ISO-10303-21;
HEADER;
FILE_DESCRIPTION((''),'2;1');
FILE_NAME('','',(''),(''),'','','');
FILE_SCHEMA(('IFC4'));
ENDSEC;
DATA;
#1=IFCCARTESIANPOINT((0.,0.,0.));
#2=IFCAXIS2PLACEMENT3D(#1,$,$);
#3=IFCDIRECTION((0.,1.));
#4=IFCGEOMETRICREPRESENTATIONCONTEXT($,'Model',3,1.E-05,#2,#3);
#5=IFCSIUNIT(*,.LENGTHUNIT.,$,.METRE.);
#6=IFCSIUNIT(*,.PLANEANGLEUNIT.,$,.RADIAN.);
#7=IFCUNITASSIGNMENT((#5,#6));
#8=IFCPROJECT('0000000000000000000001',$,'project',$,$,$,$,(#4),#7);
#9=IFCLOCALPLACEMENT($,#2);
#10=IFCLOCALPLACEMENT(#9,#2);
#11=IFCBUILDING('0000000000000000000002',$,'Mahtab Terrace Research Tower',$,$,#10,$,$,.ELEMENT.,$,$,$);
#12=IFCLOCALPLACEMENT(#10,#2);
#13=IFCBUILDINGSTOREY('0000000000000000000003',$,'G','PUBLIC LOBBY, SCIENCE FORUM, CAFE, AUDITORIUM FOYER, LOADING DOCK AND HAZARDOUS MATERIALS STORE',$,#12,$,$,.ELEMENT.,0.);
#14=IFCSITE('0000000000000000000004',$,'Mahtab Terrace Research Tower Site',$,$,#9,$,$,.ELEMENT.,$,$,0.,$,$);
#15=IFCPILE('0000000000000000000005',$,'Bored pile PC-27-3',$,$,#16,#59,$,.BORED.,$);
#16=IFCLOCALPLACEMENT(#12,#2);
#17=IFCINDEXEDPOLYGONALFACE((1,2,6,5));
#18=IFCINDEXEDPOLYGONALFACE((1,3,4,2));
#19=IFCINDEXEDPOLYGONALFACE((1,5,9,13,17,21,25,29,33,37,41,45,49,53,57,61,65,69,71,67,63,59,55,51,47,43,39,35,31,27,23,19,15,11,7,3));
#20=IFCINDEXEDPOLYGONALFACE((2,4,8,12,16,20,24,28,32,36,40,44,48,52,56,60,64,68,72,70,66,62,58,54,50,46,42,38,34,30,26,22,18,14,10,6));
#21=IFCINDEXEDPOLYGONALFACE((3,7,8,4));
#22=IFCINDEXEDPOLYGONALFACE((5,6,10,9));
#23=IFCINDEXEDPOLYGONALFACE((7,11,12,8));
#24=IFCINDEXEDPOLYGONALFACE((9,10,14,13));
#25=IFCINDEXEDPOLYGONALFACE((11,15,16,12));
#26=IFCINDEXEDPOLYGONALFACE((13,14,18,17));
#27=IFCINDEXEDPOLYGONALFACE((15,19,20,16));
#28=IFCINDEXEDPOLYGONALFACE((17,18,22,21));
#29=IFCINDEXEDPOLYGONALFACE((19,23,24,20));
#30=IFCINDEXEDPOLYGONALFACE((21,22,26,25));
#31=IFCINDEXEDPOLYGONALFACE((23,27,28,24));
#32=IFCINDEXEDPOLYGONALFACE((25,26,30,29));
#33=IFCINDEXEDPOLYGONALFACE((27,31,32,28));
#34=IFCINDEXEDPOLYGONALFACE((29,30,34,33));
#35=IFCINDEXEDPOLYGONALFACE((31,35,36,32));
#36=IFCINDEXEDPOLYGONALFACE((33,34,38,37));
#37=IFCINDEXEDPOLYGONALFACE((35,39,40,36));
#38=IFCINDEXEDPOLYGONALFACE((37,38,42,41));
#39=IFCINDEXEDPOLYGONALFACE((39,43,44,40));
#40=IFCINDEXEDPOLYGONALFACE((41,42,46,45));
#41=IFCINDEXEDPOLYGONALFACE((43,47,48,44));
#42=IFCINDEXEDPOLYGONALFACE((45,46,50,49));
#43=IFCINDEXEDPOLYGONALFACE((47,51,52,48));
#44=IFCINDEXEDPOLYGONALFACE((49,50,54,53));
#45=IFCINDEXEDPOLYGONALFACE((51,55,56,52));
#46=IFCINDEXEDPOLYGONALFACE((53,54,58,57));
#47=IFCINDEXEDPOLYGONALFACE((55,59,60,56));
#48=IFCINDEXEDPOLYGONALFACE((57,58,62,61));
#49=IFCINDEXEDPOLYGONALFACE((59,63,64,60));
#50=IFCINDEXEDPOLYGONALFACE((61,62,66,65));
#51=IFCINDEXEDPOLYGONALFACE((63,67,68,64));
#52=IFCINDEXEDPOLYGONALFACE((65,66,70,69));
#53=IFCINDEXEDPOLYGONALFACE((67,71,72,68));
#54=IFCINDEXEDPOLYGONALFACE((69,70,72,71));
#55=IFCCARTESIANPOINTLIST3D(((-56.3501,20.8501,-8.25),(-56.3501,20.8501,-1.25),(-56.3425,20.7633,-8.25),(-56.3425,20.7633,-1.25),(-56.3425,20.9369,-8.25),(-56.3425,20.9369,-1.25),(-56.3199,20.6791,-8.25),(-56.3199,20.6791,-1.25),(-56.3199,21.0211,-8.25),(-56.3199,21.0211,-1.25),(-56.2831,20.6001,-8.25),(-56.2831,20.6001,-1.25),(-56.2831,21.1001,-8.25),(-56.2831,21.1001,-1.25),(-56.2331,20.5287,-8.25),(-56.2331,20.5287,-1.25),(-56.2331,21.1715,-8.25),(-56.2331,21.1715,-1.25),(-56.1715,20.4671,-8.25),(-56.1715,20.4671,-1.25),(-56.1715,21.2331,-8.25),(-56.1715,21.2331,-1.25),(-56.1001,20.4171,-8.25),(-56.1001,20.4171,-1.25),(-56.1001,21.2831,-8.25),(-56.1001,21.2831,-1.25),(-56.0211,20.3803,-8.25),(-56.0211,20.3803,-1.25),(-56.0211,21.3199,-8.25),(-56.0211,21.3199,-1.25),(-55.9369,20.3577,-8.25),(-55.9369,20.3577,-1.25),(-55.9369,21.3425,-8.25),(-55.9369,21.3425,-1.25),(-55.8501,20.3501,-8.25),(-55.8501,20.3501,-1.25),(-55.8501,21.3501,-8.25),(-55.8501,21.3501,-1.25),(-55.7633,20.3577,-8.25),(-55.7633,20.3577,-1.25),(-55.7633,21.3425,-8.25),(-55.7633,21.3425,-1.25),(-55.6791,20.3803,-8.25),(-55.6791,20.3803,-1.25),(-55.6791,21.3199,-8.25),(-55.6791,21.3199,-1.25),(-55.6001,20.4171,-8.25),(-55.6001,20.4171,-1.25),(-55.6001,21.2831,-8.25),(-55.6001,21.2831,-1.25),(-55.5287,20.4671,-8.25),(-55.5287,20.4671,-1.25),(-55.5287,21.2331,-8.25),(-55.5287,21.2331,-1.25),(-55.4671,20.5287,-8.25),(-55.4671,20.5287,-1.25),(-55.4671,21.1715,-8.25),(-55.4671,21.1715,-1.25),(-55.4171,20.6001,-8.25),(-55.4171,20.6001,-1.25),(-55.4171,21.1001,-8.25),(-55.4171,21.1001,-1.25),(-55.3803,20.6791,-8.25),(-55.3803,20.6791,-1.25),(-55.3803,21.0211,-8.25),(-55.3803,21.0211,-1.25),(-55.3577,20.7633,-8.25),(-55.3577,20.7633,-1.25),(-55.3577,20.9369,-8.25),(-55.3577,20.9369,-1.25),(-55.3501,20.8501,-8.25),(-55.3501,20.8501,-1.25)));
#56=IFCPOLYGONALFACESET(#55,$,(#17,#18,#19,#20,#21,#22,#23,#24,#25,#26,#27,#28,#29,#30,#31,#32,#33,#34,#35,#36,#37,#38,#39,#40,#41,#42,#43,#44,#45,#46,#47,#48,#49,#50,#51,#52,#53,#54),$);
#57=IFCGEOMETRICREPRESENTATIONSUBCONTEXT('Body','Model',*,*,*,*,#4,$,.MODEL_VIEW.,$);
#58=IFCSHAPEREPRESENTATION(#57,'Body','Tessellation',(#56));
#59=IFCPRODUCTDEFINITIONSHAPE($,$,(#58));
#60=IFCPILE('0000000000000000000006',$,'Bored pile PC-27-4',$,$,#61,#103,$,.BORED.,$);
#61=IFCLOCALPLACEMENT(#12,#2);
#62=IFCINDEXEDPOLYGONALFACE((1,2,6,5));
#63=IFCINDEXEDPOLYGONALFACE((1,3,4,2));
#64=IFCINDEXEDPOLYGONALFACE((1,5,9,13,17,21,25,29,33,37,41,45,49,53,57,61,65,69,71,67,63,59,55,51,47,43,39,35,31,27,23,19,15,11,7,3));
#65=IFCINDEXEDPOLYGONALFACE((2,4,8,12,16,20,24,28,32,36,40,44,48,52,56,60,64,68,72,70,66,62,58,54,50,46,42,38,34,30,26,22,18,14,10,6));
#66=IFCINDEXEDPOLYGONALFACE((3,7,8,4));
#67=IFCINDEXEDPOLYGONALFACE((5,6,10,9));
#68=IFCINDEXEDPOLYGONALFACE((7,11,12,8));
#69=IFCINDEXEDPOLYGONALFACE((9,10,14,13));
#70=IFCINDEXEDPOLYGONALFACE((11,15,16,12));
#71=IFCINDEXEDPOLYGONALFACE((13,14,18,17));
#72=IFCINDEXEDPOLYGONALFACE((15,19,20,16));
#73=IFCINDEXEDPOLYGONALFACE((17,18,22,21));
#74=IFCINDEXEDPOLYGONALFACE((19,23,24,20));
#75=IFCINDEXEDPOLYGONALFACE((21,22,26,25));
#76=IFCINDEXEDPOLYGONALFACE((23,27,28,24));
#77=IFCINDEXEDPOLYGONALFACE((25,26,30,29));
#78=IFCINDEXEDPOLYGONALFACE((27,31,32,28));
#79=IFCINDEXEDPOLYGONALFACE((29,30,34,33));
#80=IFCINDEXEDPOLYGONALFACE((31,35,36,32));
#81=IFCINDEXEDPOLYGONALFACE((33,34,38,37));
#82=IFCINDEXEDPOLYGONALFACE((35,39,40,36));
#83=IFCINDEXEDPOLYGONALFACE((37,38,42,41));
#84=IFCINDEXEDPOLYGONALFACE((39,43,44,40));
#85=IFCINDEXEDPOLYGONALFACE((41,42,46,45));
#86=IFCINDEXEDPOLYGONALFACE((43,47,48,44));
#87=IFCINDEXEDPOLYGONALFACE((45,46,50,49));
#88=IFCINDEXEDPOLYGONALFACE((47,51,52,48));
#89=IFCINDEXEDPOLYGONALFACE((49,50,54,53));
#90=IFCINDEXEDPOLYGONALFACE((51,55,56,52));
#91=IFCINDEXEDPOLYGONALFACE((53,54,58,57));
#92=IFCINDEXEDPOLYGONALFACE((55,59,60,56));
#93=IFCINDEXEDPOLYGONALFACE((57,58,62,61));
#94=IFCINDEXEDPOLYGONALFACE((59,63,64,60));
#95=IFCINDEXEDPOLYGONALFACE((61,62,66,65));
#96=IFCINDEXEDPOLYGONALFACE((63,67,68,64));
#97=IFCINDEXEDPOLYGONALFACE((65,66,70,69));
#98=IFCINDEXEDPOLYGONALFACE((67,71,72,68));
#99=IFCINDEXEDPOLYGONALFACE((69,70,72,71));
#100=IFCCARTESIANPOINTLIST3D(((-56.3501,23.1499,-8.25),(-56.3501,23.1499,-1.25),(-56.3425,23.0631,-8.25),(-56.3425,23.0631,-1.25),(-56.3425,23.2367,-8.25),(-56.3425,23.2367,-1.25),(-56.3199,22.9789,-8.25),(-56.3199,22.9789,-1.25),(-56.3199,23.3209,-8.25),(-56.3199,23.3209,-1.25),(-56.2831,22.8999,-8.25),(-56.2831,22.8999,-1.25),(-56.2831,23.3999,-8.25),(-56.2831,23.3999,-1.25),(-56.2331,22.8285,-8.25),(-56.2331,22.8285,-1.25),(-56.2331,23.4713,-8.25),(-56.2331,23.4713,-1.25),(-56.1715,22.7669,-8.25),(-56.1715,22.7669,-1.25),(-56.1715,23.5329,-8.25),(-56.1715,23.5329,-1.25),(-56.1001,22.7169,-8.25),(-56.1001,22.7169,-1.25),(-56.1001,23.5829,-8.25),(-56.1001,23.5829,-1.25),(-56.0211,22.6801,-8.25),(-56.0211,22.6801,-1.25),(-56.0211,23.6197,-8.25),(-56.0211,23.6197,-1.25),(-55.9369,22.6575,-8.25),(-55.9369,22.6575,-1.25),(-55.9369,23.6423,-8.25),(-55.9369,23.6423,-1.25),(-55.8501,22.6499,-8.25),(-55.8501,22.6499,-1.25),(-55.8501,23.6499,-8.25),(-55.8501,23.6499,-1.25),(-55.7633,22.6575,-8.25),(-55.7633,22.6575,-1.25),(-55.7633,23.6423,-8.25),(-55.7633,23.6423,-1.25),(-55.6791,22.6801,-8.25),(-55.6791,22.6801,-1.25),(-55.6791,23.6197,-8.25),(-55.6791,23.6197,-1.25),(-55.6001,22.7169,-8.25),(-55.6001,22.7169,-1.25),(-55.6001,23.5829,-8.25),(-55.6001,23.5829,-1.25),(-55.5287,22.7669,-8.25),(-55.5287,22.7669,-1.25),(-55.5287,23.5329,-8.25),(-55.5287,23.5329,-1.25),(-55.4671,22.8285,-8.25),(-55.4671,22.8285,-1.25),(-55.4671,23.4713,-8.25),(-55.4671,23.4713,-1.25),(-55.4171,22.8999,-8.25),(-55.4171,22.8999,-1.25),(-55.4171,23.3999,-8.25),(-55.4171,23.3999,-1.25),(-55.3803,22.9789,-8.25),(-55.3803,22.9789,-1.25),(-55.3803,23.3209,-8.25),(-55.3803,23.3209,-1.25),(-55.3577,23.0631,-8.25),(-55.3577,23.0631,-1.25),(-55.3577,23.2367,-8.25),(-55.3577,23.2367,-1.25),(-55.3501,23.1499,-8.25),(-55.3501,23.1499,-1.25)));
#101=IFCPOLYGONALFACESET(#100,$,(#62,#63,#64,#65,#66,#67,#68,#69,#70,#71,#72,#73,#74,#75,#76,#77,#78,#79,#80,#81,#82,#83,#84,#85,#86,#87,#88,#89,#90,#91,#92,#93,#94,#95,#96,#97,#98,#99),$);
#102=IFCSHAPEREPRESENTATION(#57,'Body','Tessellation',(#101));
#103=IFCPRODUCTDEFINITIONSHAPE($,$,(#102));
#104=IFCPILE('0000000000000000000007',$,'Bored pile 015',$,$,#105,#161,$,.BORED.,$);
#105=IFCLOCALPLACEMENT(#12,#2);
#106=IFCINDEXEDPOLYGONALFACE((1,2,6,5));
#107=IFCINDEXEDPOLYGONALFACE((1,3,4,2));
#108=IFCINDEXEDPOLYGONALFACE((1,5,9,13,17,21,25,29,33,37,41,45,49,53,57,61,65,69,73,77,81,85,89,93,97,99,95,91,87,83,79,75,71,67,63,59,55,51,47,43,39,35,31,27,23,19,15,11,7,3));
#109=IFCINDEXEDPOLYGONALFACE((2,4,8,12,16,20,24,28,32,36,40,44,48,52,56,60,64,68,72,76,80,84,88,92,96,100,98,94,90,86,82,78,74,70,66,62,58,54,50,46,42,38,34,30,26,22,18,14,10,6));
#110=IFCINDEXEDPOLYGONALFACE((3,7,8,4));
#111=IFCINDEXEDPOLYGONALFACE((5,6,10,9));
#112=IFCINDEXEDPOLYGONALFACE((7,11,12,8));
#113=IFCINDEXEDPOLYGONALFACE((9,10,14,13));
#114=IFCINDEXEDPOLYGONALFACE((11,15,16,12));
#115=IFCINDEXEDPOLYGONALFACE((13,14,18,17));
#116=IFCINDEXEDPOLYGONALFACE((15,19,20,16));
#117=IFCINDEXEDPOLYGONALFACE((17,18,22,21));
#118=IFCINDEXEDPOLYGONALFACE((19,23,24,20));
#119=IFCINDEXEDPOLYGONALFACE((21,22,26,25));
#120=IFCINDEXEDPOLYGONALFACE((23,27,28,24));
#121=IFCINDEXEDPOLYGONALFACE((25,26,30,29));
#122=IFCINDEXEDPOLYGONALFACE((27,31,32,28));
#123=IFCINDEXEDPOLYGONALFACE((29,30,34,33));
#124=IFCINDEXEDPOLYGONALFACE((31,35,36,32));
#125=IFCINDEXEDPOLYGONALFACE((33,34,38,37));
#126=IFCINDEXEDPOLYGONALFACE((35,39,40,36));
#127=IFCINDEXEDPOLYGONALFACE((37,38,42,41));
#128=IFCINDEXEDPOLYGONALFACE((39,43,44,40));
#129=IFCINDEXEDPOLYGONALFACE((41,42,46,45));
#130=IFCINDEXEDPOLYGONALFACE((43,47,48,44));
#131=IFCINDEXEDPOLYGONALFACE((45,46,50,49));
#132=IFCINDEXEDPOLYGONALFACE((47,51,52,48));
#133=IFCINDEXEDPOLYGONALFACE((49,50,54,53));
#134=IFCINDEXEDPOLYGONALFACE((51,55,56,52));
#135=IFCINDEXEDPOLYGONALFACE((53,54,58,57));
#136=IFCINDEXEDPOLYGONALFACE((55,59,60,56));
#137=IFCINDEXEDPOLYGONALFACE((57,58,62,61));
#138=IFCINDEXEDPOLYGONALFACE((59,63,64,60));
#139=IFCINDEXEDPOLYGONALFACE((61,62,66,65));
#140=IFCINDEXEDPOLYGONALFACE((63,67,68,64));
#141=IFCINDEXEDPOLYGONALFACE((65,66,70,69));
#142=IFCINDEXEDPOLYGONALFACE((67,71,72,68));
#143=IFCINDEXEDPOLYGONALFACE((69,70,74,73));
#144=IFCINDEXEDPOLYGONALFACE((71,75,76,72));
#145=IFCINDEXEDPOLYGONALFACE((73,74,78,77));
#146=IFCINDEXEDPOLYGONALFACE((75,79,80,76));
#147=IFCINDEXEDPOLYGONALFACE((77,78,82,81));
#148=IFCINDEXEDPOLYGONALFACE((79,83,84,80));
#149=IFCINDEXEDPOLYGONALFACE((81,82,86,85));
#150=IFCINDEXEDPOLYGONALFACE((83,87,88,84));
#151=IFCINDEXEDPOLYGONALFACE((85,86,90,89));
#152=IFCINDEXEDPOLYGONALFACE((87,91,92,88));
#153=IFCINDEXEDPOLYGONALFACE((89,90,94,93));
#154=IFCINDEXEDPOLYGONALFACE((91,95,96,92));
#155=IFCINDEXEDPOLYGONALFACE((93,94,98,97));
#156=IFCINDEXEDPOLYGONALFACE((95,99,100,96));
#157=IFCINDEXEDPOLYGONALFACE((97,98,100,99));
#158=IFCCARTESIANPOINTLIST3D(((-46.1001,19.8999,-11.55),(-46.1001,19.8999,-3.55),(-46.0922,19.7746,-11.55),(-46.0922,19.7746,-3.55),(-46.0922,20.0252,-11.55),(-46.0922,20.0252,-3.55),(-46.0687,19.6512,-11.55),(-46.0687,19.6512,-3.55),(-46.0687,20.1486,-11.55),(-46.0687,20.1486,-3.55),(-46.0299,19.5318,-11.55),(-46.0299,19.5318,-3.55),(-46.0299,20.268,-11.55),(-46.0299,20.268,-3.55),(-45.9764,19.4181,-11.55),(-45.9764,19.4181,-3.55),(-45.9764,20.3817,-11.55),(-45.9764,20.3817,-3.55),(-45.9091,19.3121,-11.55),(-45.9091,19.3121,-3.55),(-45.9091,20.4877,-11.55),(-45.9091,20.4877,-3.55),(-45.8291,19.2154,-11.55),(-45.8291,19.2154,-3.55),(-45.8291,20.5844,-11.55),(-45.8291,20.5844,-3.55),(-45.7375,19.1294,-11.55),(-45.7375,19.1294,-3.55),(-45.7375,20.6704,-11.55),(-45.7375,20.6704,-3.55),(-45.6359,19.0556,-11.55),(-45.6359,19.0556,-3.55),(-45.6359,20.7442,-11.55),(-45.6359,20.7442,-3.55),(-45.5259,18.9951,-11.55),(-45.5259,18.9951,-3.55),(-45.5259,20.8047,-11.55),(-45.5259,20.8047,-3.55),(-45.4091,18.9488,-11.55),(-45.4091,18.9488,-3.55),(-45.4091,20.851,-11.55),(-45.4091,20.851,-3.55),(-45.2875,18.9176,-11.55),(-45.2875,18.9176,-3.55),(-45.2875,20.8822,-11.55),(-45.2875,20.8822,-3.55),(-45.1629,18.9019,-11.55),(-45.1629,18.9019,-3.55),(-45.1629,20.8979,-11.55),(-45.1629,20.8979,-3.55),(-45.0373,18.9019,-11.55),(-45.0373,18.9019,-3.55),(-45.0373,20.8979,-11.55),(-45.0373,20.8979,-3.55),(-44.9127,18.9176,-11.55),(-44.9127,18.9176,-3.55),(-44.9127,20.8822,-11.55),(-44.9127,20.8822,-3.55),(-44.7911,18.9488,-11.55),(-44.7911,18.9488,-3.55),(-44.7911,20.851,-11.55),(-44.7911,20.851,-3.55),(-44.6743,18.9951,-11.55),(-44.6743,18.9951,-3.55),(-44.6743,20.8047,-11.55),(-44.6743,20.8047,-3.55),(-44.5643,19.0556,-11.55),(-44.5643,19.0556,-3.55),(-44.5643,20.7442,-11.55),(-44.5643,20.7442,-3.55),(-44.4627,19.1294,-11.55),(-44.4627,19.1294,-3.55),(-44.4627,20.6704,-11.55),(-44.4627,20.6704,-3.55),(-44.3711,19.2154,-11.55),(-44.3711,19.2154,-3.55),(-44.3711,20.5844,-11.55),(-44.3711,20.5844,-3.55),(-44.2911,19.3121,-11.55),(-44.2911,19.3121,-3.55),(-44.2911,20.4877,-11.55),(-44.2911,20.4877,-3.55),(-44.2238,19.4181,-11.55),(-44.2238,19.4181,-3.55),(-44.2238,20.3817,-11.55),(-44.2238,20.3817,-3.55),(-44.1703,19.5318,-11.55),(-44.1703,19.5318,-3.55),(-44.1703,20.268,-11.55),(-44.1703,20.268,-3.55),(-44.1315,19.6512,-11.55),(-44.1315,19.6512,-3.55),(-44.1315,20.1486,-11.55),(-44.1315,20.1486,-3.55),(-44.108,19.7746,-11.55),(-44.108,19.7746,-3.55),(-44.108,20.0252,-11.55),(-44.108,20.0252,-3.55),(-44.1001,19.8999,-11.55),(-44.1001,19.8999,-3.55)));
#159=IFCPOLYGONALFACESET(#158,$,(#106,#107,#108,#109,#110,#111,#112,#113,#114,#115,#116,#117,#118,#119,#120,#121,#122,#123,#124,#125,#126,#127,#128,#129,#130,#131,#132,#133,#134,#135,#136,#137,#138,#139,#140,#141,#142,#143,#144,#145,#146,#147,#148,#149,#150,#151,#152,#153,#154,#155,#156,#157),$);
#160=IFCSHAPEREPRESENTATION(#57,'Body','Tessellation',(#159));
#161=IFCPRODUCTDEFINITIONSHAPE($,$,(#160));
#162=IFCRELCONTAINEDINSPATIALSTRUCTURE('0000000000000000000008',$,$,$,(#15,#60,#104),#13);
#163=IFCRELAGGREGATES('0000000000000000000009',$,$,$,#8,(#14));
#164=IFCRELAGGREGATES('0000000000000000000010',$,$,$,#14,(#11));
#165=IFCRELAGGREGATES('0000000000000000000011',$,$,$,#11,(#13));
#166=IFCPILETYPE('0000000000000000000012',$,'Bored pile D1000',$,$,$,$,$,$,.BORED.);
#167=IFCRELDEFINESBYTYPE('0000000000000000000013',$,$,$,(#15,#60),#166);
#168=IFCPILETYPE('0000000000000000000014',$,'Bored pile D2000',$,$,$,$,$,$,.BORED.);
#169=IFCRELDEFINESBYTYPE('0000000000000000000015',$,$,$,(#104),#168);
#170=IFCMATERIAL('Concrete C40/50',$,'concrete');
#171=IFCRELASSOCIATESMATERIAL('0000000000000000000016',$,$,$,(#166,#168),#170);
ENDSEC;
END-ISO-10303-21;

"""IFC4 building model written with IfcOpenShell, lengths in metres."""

from ifc_helpers import new_model, si_unit, direction, frame, origin, origin_2d, place, context, subcontext, project, spatial, circle, extrude, material, material_profile, profile_set, type_object, element, save


model = new_model("IFC4")

# Units and contexts
model_context = context("Model", 3, precision=1e-05, world=origin(), true_north=direction((0.0, 1.0)))
body_context = subcontext(model_context, "Body", "Model", "MODEL_VIEW")
ifc_project = project(units=[si_unit("LENGTHUNIT", "METRE"), si_unit("PLANEANGLEUNIT", "RADIAN")], contexts=[model_context])

# Site, building, storey
site_placement = place(None, origin())
site = spatial("IfcSite", under=ifc_project, at=site_placement, Name="Mahtab Terrace Research Tower Site", CompositionType="ELEMENT", RefElevation=0.0)
building_placement = place(site_placement, origin())
building = spatial("IfcBuilding", under=site, at=building_placement, Name="Mahtab Terrace Research Tower", CompositionType="ELEMENT")
storey_placement = place(building_placement, origin())
storey = spatial("IfcBuildingStorey", under=building, at=storey_placement, Name="G", Description="PUBLIC LOBBY, SCIENCE FORUM, CAFE, AUDITORIUM FOYER, LOADING DOCK AND HAZARDOUS MATERIALS STORE", CompositionType="ELEMENT", Elevation=0.0)

# Piles
ifc_material_1 = material(Name="Concrete C40/50", Category="concrete")
ifc_material_profile_1 = material_profile(ifc_material_1, circle(Radius=0.5, at=origin_2d()), Name="Bored pile D1000")
ifc_profile_set_1 = profile_set([ifc_material_profile_1], Name="Concrete C40/50")
pile_type_1 = type_object("IfcPileType", Name="Bored pile D1000", PredefinedType="BORED", material=ifc_profile_set_1)
for number, where, z_axis, x_axis, name in (
    (1, (-55.8501, 20.8501, -1.25), (0.0, 0.0, -1.0), (1.0, 0.0, 0.0), "Bored pile PC-27-3"),
    (2, (-55.8501, 23.1499, -1.25), (0.0, 0.0, -1.0), (1.0, 0.0, 0.0), "Bored pile PC-27-4"),
):
    element("IfcPile", number, at=place(storey_placement, frame(where, z_axis=z_axis, x_axis=x_axis)), inside=storey, type_object=pile_type_1, Name=name, PredefinedType="BORED", context=body_context, shape_type="SweptSolid", body=[
        extrude(circle(Radius=0.5, at=origin_2d()), origin(), (0.0, 0.0, 1.0), 7.0),
    ])
ifc_material_profile_2 = material_profile(ifc_material_1, circle(Radius=1.0, at=origin_2d()), Name="Bored pile D2000")
ifc_profile_set_2 = profile_set([ifc_material_profile_2], Name="Concrete C40/50")
pile_type_2 = type_object("IfcPileType", Name="Bored pile D2000", PredefinedType="BORED", material=ifc_profile_set_2)
for number, where, z_axis, x_axis, name in (
    (3, (-45.1001, 19.8999, -3.55), (0.0, 0.0, -1.0), (1.0, 0.0, 0.0), "Bored pile 015"),
):
    element("IfcPile", number, at=place(storey_placement, frame(where, z_axis=z_axis, x_axis=x_axis)), inside=storey, type_object=pile_type_2, Name=name, PredefinedType="BORED", context=body_context, shape_type="SweptSolid", body=[
        extrude(circle(Radius=1.0, at=origin_2d()), origin(), (0.0, 0.0, 1.0), 8.0),
    ])

save(model, "model.ifc")
